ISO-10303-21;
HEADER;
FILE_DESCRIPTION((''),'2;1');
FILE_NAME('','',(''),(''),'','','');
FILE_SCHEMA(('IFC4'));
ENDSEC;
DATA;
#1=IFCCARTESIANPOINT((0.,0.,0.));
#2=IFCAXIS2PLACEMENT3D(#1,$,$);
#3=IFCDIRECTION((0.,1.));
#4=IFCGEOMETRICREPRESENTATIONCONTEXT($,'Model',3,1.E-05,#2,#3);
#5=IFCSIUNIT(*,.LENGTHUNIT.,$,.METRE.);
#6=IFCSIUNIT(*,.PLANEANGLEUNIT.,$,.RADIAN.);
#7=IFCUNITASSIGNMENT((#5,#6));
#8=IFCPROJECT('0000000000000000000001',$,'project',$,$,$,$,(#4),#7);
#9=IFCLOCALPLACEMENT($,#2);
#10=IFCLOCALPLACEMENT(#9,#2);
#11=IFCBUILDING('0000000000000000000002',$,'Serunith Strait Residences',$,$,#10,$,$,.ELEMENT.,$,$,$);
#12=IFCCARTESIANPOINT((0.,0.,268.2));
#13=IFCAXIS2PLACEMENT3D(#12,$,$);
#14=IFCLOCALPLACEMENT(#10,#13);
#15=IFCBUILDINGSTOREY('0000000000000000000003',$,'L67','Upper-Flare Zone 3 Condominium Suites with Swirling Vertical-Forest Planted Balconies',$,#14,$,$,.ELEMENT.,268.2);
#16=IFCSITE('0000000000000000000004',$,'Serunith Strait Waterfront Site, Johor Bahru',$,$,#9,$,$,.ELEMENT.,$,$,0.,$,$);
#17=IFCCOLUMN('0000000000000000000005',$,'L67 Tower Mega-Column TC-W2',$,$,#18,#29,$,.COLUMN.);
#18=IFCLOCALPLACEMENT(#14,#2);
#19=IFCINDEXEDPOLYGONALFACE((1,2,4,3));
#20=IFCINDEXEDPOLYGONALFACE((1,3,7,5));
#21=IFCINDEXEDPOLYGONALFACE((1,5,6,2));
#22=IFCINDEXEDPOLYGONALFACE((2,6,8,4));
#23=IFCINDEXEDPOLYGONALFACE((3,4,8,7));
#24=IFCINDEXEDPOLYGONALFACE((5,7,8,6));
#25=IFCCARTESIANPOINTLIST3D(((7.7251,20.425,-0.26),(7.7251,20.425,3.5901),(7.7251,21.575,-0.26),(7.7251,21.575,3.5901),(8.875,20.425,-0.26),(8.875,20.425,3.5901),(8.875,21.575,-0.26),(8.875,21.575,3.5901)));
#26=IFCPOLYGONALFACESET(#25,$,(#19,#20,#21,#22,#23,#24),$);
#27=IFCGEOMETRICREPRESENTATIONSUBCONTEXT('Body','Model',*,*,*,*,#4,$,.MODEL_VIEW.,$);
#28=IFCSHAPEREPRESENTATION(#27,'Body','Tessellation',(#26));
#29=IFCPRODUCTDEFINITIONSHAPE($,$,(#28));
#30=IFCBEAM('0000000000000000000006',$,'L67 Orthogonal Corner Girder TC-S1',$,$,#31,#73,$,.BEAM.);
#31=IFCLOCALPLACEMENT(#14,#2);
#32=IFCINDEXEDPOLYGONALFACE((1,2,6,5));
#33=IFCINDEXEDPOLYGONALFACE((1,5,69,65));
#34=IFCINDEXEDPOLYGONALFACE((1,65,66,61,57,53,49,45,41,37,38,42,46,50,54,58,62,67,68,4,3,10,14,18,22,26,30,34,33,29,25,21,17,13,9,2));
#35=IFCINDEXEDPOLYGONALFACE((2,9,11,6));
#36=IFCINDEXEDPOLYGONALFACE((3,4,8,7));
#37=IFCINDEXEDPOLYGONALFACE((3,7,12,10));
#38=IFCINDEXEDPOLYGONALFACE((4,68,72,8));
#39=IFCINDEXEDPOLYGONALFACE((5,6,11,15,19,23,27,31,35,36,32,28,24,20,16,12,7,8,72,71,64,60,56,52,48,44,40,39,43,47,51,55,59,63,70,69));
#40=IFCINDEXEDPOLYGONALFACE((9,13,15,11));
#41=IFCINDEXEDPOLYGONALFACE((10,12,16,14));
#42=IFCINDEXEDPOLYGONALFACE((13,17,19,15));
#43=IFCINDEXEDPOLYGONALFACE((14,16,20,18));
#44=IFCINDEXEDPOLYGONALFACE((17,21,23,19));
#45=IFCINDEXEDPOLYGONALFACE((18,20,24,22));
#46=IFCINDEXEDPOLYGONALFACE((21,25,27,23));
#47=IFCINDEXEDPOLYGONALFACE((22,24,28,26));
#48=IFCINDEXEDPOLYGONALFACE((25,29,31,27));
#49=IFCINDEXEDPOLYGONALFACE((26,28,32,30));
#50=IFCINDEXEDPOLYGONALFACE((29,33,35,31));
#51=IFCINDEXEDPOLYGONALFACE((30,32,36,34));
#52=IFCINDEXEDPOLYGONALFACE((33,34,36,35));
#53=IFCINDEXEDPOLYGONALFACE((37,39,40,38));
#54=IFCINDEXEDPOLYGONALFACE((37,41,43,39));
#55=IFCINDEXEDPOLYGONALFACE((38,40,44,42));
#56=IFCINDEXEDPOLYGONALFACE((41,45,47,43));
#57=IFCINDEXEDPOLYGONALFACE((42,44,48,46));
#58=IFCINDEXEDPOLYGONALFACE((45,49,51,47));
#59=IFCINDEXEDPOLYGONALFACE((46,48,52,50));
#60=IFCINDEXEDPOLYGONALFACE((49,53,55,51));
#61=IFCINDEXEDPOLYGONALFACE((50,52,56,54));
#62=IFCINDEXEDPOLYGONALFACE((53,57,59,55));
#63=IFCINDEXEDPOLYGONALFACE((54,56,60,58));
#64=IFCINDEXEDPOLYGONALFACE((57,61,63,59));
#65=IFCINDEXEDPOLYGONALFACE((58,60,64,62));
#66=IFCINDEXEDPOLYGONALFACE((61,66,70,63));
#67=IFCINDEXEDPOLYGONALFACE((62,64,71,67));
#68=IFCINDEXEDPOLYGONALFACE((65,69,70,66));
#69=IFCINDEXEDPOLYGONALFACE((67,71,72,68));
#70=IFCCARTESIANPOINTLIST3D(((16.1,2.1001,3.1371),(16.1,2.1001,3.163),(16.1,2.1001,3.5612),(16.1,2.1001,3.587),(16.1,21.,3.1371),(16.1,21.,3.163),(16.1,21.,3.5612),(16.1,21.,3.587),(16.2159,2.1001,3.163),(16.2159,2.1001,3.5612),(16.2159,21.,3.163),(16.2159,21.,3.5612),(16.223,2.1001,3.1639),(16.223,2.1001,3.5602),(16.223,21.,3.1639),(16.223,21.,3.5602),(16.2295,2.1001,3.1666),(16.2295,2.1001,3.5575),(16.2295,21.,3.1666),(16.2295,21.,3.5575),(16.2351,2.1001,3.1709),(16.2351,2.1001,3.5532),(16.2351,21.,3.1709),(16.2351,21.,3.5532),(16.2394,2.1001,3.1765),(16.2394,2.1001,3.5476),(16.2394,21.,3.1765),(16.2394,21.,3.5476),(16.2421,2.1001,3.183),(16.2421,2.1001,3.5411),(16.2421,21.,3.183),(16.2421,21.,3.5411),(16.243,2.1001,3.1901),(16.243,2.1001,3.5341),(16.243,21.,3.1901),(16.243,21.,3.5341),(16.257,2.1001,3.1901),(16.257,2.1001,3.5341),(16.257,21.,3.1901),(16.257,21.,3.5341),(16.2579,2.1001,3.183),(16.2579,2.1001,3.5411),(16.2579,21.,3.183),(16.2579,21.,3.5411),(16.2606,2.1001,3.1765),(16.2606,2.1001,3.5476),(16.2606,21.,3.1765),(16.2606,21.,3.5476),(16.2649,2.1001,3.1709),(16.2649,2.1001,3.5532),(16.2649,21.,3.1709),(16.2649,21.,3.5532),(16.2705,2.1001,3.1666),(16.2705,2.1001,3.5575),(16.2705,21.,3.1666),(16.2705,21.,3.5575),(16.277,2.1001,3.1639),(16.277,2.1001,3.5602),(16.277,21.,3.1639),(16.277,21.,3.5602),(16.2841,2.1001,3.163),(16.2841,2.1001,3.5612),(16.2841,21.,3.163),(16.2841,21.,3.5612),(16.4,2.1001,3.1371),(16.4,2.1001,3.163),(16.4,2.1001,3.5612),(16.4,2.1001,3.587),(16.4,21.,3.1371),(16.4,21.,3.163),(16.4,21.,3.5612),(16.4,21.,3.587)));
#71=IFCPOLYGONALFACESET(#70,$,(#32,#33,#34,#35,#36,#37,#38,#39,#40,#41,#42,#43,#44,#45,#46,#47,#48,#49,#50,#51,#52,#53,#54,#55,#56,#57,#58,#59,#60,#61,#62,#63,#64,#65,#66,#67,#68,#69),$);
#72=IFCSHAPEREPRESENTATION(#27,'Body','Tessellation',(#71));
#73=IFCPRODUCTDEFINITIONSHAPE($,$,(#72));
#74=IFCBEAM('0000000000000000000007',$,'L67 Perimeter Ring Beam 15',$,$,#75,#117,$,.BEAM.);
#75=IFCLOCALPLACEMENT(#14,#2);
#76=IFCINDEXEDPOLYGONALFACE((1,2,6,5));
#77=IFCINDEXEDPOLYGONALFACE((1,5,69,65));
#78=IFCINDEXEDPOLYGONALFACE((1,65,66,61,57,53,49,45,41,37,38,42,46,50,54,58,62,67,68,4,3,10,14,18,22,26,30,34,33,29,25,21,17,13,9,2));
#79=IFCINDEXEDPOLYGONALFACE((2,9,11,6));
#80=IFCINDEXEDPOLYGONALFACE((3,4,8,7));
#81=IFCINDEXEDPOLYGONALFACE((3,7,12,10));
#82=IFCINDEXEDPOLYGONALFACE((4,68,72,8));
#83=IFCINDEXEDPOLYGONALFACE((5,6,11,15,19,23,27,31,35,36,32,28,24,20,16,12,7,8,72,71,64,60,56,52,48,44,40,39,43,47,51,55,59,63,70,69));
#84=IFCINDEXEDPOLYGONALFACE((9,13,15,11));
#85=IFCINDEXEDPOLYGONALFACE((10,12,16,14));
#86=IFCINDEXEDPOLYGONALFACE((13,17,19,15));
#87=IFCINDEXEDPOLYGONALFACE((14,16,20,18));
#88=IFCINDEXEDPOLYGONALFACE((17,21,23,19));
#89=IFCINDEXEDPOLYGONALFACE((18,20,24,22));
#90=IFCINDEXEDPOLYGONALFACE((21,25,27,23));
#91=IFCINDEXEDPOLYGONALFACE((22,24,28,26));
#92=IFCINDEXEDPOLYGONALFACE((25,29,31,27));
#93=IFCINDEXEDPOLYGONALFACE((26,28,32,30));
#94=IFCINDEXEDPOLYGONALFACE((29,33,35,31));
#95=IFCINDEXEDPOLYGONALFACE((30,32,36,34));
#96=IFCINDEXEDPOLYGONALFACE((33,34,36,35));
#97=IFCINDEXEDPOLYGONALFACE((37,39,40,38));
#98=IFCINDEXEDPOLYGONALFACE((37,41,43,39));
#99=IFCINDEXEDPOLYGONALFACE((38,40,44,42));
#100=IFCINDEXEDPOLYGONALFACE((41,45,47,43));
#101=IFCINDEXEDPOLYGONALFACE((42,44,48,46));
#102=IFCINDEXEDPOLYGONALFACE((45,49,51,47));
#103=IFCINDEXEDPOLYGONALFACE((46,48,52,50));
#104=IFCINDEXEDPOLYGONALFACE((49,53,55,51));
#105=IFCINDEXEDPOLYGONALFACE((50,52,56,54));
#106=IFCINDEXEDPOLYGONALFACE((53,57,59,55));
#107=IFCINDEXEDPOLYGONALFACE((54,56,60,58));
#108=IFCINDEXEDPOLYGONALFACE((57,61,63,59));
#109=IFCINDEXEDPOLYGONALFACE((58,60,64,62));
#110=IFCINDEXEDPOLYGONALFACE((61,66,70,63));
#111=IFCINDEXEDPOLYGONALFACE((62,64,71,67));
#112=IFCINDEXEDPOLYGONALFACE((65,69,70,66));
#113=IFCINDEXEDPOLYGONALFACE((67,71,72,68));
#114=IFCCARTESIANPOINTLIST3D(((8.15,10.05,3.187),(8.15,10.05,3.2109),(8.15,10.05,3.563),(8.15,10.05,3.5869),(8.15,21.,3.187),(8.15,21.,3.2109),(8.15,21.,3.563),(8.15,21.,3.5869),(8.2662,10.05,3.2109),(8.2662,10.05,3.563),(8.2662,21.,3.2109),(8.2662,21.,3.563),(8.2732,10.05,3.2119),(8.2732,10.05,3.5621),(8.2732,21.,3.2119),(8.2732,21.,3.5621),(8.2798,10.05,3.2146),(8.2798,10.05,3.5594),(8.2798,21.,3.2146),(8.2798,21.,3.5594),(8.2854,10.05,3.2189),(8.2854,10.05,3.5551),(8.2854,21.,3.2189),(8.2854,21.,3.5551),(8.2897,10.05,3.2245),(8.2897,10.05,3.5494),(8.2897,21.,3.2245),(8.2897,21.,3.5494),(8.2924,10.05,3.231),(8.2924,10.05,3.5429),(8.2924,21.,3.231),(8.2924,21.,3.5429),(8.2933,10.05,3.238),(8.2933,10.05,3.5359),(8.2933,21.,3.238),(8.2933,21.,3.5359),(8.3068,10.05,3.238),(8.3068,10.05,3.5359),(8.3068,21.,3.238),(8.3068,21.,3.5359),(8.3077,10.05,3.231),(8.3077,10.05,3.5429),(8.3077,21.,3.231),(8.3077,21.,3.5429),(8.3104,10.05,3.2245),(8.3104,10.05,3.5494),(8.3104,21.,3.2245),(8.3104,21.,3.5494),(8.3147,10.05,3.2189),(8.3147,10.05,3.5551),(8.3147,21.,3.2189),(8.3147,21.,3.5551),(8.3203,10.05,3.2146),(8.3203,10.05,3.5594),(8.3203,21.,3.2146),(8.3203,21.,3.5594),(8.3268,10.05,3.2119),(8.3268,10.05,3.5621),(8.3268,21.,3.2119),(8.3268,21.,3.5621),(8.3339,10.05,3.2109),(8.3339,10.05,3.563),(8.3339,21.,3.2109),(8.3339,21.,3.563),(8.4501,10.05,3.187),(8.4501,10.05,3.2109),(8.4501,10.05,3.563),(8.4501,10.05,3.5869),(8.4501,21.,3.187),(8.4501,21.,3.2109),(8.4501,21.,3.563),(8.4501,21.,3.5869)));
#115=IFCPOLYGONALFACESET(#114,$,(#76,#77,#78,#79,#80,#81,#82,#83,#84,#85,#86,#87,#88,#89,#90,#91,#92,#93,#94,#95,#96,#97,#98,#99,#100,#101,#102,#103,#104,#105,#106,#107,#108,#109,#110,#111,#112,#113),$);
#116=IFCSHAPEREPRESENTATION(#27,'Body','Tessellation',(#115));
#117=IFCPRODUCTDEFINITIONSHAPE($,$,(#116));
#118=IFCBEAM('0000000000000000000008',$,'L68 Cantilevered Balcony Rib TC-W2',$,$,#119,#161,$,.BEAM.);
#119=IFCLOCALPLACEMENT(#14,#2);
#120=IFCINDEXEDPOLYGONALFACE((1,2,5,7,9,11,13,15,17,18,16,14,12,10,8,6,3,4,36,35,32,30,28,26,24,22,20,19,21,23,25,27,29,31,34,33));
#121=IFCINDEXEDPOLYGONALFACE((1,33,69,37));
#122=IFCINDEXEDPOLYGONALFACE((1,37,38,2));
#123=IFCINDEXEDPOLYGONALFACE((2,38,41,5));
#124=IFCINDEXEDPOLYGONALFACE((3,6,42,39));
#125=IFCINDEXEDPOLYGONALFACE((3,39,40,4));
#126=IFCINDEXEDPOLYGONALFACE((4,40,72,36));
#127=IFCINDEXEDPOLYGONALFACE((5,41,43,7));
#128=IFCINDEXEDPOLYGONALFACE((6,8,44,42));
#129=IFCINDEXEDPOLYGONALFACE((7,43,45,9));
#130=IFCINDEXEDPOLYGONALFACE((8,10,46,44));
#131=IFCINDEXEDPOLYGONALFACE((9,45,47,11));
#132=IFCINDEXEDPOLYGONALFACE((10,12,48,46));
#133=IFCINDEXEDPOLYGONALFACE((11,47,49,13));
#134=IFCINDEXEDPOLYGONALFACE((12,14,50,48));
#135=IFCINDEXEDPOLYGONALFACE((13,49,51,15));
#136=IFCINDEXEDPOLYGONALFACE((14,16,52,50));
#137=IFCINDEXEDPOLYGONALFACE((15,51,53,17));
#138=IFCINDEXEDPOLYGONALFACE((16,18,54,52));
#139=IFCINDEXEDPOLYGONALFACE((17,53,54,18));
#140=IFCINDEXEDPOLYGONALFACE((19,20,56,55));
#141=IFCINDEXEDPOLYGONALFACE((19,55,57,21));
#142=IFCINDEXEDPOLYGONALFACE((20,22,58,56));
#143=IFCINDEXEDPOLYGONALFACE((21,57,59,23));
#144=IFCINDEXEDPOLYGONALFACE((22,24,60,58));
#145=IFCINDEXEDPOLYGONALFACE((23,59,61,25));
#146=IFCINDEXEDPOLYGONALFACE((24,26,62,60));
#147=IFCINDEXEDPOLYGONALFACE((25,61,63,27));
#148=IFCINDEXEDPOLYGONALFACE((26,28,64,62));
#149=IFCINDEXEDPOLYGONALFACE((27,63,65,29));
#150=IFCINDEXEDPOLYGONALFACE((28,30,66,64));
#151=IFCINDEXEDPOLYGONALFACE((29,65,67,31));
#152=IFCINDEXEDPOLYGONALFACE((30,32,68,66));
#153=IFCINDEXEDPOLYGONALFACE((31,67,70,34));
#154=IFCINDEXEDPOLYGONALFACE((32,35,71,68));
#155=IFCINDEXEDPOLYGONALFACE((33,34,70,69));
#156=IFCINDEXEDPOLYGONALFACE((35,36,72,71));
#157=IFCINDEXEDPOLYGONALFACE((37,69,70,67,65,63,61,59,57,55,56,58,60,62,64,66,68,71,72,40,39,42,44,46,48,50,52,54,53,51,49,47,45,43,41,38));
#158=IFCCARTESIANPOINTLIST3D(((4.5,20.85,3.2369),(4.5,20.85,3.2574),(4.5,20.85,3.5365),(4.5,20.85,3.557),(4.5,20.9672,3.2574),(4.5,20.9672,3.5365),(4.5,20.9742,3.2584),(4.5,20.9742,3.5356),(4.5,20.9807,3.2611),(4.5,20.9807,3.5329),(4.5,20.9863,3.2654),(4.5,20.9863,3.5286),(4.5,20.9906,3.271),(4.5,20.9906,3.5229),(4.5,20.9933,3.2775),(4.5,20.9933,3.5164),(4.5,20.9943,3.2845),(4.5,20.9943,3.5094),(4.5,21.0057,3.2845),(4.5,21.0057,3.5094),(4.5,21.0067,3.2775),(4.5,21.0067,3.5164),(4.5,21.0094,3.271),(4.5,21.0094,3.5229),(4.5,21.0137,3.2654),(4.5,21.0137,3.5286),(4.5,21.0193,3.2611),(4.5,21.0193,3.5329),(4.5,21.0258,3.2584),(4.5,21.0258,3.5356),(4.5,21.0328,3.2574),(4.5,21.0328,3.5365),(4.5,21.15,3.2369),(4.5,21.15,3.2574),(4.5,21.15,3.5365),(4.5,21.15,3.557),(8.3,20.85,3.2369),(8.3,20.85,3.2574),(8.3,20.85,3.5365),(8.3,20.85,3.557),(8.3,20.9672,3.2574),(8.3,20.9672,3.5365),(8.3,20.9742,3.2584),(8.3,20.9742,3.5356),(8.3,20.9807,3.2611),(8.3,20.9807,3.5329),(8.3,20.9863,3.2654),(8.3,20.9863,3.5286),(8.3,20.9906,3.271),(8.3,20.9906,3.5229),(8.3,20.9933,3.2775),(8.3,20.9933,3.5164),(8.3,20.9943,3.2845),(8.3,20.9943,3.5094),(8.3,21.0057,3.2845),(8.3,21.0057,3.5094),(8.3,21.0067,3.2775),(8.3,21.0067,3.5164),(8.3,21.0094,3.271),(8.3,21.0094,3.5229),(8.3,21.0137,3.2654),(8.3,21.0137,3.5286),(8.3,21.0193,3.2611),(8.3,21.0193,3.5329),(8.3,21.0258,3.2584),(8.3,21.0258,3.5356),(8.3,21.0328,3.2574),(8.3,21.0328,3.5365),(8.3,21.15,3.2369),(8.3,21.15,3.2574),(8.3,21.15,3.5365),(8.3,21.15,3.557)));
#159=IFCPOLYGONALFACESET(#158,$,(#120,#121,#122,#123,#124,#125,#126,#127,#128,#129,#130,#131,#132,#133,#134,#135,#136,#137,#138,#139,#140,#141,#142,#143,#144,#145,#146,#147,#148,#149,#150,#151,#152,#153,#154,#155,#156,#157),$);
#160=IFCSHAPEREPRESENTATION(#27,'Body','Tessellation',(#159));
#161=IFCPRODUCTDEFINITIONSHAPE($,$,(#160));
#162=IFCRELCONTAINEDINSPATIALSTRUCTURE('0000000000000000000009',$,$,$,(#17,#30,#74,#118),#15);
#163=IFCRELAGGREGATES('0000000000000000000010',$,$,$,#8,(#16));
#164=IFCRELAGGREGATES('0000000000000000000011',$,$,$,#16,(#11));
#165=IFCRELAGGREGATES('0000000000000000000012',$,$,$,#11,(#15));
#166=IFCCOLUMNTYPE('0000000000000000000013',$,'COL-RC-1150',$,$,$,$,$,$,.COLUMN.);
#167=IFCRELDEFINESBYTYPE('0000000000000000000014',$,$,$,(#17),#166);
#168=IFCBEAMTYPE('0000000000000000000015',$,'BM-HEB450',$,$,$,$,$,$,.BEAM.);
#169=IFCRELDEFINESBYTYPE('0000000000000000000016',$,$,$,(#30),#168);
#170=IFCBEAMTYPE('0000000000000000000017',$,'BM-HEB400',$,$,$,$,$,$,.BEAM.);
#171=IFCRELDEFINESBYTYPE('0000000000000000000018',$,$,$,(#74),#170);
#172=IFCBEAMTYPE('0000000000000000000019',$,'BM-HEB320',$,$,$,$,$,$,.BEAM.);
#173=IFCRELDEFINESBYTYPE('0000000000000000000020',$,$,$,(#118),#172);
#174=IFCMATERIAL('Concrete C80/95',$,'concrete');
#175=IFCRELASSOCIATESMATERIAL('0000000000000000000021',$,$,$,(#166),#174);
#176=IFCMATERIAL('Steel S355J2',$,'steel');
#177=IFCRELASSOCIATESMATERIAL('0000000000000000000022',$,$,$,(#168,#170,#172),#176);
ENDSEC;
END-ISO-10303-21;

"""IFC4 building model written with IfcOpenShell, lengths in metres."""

from ifc_helpers import new_model, si_unit, direction, frame, origin, origin_2d, place, context, subcontext, project, spatial, rectangle, i_section, extrude, source, transform, mapped, material, material_profile, profile_set, type_object, element, save


model = new_model("IFC4")

# Units and contexts
model_context = context("Model", 3, precision=1e-05, world=origin(), true_north=direction((0.0, 1.0)))
body_context = subcontext(model_context, "Body", "Model", "MODEL_VIEW")
ifc_project = project(units=[si_unit("LENGTHUNIT", "METRE"), si_unit("PLANEANGLEUNIT", "RADIAN")], contexts=[model_context])

# Site, building, storey
site_placement = place(None, origin())
site = spatial("IfcSite", under=ifc_project, at=site_placement, Name="Serunith Strait Waterfront Site, Johor Bahru", CompositionType="ELEMENT", RefElevation=0.0)
building_placement = place(site_placement, origin())
building = spatial("IfcBuilding", under=site, at=building_placement, Name="Serunith Strait Residences", CompositionType="ELEMENT")
storey_placement = place(building_placement, frame((0.0, 0.0, 268.2)))
storey = spatial("IfcBuildingStorey", under=building, at=storey_placement, Name="L67", Description="Upper-Flare Zone 3 Condominium Suites with Swirling Vertical-Forest Planted Balconies", CompositionType="ELEMENT", Elevation=268.2)

# Column
ifc_material_1 = material(Name="Concrete C80/95", Category="concrete")
ifc_material_profile_1 = material_profile(ifc_material_1, rectangle(XDim=1.1499, YDim=1.1499, at=origin_2d()), Name="RC 1150x1150")
ifc_profile_set_1 = profile_set([ifc_material_profile_1], Name="Concrete C80/95")
column_type = type_object("IfcColumnType", Name="COL-RC-1150", PredefinedType="COLUMN", material=ifc_profile_set_1)
shared_shape_1 = source(origin(), body_context, "Body", "SweptSolid", [
    extrude(rectangle(XDim=1.1499, YDim=1.1499, at=origin_2d()), origin(), (0.0, 0.0, 1.0), 3.8501),
])
column_placement = place(storey_placement, frame((8.3, 21.0, -0.26), z_axis=(0.0, 0.0, 1.0), x_axis=(1.0, 0.0, 0.0)))
element("IfcColumn", 1, at=column_placement, inside=storey, type_object=column_type, Name="L67 Tower Mega-Column TC-W2", PredefinedType="COLUMN", context=body_context, shape_type="MappedRepresentation", body=[
    mapped(shared_shape_1, transform((0.0, 0.0, 0.0), scale=1.0)),
])

# Beams
ifc_material_2 = material(Name="Steel S355J2", Category="steel")
ifc_material_profile_2 = material_profile(ifc_material_2, i_section(OverallWidth=0.3, OverallDepth=0.45, WebThickness=0.0139, FlangeThickness=0.0259, FilletRadius=0.0271, at=origin_2d()), Name="HEB 450")
ifc_profile_set_2 = profile_set([ifc_material_profile_2], Name="Steel S355J2")
beam_type_1 = type_object("IfcBeamType", Name="BM-HEB450", PredefinedType="BEAM", material=ifc_profile_set_2)
shared_shape_2 = source(origin(), body_context, "Body", "SweptSolid", [
    extrude(i_section(OverallWidth=0.3, OverallDepth=0.45, WebThickness=0.0139, FlangeThickness=0.0259, FilletRadius=0.0271, at=origin_2d()), origin(), (0.0, 0.0, 1.0), 18.8999),
])
beam_1_placement = place(storey_placement, frame((16.25, 21.0, 3.3621), z_axis=(0.0, -1.0, 0.0), x_axis=(1.0, 0.0, 0.0)))
element("IfcBeam", 2, at=beam_1_placement, inside=storey, type_object=beam_type_1, Name="L67 Orthogonal Corner Girder TC-S1", PredefinedType="BEAM", context=body_context, shape_type="MappedRepresentation", body=[
    mapped(shared_shape_2, transform((0.0, 0.0, 0.0), scale=1.0)),
])
ifc_material_profile_3 = material_profile(ifc_material_2, i_section(OverallWidth=0.3, OverallDepth=0.3999, WebThickness=0.0134, FlangeThickness=0.0239, FilletRadius=0.0271, at=origin_2d()), Name="HEB 400")
ifc_profile_set_3 = profile_set([ifc_material_profile_3], Name="Steel S355J2")
beam_type_2 = type_object("IfcBeamType", Name="BM-HEB400", PredefinedType="BEAM", material=ifc_profile_set_3)
shared_shape_3 = source(origin(), body_context, "Body", "SweptSolid", [
    extrude(i_section(OverallWidth=0.3, OverallDepth=0.3999, WebThickness=0.0134, FlangeThickness=0.0239, FilletRadius=0.0271, at=origin_2d()), origin(), (0.0, 0.0, 1.0), 10.95),
])
beam_2_placement = place(storey_placement, frame((8.3, 21.0, 3.387), z_axis=(0.0, -1.0, 0.0), x_axis=(1.0, 0.0, 0.0)))
element("IfcBeam", 3, at=beam_2_placement, inside=storey, type_object=beam_type_2, Name="L67 Perimeter Ring Beam 15", PredefinedType="BEAM", context=body_context, shape_type="MappedRepresentation", body=[
    mapped(shared_shape_3, transform((0.0, 0.0, 0.0), scale=1.0)),
])
ifc_material_profile_4 = material_profile(ifc_material_2, i_section(OverallWidth=0.3, OverallDepth=0.3201, WebThickness=0.0115, FlangeThickness=0.0205, FilletRadius=0.0271, at=origin_2d()), Name="HEB 320")
ifc_profile_set_4 = profile_set([ifc_material_profile_4], Name="Steel S355J2")
beam_type_3 = type_object("IfcBeamType", Name="BM-HEB320", PredefinedType="BEAM", material=ifc_profile_set_4)
shared_shape_4 = source(origin(), body_context, "Body", "SweptSolid", [
    extrude(i_section(OverallWidth=0.3, OverallDepth=0.3201, WebThickness=0.0115, FlangeThickness=0.0205, FilletRadius=0.0271, at=origin_2d()), origin(), (0.0, 0.0, 1.0), 3.8),
])
beam_3_placement = place(storey_placement, frame((8.3, 21.0, 3.397), z_axis=(-1.0, 0.0, 0.0), x_axis=(0.0, -1.0, 0.0)))
element("IfcBeam", 4, at=beam_3_placement, inside=storey, type_object=beam_type_3, Name="L68 Cantilevered Balcony Rib TC-W2", PredefinedType="BEAM", context=body_context, shape_type="MappedRepresentation", body=[
    mapped(shared_shape_4, transform((0.0, 0.0, 0.0), scale=1.0)),
])

save(model, "model.ifc")
